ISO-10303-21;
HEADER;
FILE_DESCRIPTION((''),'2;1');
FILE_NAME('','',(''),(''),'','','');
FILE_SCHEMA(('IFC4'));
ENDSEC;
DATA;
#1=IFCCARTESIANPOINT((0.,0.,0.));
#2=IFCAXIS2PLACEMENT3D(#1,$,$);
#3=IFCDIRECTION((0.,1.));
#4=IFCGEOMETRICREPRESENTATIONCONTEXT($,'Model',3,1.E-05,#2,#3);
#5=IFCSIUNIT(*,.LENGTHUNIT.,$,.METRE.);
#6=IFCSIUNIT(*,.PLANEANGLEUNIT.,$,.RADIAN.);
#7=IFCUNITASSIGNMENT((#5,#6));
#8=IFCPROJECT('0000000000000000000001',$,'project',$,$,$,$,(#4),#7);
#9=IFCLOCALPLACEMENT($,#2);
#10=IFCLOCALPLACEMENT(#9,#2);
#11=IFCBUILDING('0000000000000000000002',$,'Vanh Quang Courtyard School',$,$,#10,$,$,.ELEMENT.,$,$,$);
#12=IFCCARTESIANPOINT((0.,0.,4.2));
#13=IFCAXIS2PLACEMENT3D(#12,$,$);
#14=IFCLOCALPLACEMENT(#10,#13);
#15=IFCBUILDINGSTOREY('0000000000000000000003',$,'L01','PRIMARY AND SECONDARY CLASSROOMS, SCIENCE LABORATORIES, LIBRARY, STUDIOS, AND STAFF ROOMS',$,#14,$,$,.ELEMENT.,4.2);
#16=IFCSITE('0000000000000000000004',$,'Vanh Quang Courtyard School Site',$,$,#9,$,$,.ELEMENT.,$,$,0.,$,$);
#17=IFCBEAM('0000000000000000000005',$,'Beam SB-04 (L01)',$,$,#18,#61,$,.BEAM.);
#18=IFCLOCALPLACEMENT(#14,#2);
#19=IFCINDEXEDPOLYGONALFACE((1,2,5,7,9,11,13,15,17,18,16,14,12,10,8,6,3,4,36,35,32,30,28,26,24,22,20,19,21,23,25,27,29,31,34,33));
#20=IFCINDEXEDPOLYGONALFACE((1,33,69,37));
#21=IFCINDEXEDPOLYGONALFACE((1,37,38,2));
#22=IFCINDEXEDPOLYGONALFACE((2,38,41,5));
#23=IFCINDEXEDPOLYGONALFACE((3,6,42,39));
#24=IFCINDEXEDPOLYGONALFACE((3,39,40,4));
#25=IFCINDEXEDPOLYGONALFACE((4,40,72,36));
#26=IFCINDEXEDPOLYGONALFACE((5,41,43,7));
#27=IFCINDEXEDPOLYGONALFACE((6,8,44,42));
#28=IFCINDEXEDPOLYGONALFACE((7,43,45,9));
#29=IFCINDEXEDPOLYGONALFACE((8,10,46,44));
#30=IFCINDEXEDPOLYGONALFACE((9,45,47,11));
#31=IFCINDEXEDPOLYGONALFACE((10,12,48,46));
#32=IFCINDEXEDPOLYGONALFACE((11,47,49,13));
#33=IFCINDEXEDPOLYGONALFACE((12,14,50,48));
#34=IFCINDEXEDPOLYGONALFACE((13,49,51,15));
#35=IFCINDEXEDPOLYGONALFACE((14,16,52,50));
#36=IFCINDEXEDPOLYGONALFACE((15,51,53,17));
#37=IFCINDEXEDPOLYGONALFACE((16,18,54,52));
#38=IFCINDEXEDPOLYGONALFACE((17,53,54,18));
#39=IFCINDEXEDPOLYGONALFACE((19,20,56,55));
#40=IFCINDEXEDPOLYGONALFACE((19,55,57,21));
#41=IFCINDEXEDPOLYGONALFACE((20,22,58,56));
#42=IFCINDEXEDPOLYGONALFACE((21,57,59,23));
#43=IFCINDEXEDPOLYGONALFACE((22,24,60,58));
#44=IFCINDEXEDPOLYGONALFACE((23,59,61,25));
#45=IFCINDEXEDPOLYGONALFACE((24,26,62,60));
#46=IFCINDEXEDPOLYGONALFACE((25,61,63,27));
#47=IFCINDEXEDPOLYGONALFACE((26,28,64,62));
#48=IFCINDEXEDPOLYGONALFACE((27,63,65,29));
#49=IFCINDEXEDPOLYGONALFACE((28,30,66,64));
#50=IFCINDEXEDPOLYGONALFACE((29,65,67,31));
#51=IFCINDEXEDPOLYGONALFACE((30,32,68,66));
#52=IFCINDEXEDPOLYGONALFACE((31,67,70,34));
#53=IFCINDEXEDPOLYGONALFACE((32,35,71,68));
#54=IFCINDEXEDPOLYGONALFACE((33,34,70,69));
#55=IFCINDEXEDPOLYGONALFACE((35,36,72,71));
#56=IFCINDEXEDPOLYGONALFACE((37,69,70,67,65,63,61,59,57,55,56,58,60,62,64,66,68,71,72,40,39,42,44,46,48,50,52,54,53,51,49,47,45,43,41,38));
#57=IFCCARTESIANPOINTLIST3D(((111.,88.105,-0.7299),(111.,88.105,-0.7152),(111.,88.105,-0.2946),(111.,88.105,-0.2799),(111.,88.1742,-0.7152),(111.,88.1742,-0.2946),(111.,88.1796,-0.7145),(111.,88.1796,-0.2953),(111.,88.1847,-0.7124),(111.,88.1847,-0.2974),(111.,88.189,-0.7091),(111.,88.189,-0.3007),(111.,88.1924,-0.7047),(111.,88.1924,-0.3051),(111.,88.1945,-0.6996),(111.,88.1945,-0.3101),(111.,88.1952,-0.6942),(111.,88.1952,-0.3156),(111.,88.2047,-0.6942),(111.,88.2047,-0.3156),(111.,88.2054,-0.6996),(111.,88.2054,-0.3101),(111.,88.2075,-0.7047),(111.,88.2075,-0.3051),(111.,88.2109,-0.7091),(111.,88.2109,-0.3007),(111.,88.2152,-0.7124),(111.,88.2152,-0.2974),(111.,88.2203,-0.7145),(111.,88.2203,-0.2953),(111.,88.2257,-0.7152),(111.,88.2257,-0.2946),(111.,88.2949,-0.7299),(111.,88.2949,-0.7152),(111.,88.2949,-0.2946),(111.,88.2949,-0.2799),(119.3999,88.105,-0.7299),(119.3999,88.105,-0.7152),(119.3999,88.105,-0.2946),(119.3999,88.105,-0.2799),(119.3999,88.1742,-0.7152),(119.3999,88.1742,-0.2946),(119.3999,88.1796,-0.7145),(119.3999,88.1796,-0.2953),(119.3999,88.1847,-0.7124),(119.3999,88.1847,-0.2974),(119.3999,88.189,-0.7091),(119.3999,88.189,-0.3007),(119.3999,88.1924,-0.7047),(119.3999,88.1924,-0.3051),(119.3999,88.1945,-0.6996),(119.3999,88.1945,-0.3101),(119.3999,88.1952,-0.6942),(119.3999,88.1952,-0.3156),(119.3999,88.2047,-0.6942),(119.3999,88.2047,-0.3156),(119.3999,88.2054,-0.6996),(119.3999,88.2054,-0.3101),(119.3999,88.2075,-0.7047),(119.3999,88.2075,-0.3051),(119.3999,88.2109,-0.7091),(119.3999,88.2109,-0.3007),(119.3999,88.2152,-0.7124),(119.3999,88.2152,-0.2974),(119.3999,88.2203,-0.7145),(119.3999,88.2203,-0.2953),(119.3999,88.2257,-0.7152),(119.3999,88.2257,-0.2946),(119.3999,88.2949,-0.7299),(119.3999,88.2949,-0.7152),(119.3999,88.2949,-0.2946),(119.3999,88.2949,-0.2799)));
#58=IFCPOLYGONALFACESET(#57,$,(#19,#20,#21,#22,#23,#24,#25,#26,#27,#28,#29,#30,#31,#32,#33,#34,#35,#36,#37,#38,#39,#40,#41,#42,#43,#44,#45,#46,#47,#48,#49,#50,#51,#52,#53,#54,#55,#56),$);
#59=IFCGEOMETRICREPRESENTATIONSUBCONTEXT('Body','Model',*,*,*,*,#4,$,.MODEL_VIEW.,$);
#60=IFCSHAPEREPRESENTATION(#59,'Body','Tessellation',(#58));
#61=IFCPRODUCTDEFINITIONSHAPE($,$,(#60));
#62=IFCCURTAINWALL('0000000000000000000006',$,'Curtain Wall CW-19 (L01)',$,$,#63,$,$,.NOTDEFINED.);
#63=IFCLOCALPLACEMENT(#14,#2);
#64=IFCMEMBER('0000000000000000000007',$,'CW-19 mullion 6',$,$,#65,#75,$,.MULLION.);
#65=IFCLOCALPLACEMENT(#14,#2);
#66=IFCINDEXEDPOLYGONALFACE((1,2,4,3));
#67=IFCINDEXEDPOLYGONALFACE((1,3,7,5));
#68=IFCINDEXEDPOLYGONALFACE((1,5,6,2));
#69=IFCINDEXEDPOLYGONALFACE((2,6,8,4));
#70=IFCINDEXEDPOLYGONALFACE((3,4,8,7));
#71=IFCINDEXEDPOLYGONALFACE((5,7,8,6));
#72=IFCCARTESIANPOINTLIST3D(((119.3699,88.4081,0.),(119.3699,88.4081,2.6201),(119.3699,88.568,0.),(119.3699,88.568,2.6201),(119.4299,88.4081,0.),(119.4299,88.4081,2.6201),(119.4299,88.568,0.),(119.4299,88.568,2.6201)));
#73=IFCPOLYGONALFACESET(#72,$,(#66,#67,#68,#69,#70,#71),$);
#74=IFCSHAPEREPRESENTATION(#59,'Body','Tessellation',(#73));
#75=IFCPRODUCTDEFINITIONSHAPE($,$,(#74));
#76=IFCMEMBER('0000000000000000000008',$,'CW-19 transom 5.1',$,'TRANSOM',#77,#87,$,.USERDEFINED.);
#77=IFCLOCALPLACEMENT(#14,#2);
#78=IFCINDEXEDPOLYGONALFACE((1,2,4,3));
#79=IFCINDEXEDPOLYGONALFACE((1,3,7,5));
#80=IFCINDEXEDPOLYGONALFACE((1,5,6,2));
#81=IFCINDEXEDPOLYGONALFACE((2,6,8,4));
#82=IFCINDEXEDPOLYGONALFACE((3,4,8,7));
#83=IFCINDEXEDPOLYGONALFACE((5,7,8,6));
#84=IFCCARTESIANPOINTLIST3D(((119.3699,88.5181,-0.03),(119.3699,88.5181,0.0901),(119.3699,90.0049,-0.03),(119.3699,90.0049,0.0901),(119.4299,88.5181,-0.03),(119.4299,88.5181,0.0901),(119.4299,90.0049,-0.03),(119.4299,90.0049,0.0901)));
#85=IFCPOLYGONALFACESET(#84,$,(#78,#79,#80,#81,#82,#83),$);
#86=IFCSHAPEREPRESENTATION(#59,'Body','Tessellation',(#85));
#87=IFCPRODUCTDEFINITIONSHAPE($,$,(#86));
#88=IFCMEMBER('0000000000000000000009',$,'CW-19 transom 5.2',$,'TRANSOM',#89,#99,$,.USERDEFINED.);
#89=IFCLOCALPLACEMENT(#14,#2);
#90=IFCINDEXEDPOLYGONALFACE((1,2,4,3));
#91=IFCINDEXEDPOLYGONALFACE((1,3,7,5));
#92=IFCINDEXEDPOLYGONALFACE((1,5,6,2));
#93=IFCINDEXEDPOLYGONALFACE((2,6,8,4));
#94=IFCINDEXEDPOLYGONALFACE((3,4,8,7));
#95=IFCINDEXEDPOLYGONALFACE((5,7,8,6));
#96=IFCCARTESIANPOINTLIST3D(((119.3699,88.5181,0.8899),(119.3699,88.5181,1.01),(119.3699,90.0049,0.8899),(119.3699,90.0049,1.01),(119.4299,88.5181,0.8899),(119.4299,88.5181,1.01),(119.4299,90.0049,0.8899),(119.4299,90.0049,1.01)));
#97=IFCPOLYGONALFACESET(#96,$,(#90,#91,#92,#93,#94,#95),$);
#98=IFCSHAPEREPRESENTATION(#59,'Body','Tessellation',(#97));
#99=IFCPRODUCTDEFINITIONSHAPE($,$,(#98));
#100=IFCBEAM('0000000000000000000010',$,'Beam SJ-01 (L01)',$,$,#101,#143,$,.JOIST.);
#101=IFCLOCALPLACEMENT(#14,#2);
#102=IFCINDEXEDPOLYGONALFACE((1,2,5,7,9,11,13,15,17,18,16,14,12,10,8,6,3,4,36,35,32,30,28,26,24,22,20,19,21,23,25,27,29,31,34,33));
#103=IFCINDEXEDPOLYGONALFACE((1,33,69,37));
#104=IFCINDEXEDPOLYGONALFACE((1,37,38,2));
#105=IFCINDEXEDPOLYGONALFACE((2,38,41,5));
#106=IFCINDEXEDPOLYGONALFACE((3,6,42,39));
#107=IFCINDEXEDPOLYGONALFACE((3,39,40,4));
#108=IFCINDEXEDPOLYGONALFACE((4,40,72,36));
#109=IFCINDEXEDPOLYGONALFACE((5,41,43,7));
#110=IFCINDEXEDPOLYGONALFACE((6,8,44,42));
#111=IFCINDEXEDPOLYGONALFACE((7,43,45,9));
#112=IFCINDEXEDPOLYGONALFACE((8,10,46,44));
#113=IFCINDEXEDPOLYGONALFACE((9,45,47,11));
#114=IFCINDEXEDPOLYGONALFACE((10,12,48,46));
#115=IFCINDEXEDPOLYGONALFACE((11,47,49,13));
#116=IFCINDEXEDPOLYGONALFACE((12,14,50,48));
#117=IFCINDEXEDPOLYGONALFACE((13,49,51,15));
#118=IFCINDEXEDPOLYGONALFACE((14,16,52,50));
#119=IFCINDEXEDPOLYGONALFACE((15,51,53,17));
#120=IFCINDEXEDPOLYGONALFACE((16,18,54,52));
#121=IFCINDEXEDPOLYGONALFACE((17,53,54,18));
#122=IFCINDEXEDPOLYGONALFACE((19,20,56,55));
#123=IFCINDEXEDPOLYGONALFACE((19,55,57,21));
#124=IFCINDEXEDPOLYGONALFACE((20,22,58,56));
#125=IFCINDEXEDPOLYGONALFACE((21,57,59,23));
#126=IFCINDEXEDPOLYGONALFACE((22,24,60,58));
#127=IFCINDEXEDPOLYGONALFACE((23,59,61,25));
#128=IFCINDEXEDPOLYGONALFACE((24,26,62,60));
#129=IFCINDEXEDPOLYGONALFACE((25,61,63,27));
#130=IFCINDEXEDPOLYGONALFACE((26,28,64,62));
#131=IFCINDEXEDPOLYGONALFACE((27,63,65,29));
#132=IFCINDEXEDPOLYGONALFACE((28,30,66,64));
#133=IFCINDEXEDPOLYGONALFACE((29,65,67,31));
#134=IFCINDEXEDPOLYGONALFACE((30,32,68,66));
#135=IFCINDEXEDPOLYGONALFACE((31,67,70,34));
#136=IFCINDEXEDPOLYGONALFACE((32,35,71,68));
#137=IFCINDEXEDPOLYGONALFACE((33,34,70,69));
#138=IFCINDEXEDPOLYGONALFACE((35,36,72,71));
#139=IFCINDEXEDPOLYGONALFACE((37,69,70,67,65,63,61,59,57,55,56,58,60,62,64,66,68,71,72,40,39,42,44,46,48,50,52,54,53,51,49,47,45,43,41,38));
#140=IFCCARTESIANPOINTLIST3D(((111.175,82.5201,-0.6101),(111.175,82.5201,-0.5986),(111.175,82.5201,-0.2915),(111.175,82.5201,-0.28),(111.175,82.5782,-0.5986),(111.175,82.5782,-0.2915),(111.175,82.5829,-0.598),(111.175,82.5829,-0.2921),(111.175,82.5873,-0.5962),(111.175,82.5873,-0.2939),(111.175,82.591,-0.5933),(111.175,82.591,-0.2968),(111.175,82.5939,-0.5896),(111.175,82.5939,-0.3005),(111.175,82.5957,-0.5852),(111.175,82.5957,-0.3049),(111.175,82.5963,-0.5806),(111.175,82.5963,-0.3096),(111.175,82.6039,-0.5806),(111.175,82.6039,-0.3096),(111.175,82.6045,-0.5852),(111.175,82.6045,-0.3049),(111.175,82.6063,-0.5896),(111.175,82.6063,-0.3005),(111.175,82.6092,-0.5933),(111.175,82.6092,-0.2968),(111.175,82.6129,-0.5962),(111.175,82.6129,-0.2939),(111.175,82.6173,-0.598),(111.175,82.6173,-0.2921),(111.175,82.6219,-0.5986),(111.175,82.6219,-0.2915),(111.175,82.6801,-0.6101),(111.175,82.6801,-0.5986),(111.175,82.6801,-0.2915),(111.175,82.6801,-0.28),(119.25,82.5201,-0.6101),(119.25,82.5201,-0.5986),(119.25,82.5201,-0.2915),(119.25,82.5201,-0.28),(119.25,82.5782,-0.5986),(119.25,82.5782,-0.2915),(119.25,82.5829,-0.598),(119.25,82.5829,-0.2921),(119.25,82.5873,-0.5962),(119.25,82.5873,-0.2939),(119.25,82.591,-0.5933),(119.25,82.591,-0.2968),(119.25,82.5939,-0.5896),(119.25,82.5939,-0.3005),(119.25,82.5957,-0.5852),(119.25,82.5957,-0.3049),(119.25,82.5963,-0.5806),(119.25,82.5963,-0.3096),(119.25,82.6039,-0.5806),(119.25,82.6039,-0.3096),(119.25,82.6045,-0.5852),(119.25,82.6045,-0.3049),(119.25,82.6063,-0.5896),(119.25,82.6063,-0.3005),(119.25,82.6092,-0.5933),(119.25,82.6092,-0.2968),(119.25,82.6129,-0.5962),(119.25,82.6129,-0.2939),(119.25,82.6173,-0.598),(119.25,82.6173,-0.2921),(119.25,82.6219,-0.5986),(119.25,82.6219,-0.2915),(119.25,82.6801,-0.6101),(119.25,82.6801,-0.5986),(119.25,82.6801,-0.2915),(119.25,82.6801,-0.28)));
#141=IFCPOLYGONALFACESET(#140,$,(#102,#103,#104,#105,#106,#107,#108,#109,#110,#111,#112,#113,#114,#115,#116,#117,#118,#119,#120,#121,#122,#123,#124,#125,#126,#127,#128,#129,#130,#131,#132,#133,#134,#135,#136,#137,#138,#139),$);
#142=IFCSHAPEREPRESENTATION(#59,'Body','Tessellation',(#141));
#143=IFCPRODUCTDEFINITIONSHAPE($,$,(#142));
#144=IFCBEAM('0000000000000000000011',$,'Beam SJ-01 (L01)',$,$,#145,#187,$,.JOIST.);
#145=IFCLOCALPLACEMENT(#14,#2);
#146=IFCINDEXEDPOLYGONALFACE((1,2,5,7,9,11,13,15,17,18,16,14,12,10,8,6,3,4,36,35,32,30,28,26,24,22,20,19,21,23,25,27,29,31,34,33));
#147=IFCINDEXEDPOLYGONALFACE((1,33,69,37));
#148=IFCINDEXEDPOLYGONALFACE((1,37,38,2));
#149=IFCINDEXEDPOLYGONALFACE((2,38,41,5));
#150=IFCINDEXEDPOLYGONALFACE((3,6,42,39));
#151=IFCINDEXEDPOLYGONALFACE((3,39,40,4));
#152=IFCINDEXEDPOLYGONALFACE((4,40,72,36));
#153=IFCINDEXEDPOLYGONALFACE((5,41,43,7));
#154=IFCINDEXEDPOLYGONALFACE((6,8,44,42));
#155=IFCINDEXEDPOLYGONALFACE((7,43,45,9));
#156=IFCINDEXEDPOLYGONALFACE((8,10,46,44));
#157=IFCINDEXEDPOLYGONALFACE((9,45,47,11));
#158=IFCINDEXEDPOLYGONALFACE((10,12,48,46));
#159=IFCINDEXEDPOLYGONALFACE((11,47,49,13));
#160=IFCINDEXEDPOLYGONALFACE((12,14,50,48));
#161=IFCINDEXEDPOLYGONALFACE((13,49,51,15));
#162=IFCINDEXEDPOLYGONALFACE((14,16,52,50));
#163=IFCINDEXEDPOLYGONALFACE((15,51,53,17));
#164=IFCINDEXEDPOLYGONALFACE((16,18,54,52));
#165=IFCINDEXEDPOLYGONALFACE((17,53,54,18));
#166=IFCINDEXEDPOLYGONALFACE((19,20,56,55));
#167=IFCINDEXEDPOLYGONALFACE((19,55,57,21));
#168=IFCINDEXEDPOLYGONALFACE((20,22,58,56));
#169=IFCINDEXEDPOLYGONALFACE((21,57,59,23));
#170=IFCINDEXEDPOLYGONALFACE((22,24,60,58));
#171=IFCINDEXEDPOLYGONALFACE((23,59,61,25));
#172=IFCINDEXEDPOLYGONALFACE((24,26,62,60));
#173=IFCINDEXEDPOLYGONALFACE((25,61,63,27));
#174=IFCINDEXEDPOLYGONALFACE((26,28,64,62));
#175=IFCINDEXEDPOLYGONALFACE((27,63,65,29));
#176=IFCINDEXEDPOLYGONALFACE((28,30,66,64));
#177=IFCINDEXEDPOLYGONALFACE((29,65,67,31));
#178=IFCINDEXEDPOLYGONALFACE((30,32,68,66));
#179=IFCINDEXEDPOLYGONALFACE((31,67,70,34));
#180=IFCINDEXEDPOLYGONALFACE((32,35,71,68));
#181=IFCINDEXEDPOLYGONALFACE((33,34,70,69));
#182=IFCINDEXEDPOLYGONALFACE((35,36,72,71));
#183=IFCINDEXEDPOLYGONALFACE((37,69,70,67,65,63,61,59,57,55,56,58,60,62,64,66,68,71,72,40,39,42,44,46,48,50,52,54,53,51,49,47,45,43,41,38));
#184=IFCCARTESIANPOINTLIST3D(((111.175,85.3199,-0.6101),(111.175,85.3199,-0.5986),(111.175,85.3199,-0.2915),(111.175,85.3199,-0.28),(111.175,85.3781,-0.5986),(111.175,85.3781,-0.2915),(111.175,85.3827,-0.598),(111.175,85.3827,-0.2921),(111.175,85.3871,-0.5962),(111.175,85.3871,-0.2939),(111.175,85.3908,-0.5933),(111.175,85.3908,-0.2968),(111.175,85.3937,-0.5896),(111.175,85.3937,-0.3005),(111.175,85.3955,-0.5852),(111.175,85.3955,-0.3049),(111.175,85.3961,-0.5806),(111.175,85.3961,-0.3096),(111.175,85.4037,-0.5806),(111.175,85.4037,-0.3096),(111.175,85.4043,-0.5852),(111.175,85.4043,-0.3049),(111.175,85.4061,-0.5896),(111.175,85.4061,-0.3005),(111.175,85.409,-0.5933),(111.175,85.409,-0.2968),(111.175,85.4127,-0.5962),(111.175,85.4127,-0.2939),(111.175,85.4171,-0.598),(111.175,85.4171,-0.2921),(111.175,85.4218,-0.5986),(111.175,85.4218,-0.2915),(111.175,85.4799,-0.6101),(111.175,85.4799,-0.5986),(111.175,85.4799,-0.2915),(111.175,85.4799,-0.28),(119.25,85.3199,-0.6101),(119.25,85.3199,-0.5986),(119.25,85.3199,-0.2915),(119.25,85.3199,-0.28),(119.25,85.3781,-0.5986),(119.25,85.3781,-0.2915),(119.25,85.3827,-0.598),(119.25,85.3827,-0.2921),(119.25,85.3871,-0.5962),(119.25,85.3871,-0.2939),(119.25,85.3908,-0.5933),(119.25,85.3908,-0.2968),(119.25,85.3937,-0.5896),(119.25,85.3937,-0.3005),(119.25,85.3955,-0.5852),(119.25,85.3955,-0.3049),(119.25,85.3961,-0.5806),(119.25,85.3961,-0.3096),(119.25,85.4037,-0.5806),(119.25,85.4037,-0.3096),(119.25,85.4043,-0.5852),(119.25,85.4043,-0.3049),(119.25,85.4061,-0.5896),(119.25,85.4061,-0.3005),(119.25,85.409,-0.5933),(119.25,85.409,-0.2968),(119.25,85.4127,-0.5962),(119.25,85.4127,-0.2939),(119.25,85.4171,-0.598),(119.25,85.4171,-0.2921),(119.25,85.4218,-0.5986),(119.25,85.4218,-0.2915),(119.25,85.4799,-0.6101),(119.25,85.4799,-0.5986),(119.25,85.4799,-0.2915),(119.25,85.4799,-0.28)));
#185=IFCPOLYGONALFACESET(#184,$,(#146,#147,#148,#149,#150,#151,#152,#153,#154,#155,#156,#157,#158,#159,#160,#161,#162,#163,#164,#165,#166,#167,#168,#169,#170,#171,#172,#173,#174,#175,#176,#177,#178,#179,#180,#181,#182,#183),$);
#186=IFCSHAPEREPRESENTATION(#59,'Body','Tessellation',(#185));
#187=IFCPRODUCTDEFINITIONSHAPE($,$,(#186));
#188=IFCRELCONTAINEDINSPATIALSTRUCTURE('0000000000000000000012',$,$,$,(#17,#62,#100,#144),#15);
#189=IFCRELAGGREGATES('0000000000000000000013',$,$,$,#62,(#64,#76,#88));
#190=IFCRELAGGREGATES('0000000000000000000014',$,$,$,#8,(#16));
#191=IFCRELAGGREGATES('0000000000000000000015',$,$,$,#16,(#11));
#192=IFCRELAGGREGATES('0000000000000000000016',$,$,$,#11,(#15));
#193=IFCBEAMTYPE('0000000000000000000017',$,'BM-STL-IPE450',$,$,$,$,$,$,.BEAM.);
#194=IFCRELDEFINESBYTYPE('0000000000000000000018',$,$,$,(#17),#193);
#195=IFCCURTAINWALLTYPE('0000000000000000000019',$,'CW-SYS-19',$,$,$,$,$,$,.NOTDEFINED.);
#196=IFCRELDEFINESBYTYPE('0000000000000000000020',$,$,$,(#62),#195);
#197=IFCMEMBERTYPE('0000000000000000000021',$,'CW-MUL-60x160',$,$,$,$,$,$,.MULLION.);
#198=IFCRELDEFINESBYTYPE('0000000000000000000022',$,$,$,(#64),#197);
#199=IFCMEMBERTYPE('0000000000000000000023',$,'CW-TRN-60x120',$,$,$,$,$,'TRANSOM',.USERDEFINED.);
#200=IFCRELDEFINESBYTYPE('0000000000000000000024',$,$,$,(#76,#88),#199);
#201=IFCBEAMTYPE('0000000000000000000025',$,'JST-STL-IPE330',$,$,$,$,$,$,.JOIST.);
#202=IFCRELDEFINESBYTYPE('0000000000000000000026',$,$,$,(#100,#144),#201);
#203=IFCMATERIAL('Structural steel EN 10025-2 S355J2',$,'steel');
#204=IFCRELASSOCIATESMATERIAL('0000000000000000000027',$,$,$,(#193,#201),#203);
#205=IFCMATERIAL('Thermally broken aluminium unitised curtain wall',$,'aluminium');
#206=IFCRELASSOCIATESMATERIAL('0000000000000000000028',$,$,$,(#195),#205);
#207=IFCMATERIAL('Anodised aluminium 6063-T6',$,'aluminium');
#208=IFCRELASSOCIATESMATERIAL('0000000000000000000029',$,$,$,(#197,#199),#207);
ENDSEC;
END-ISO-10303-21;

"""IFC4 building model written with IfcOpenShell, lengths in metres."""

from ifc_helpers import new_model, si_unit, direction, frame, origin, origin_2d, place, context, subcontext, project, spatial, rectangle, i_section, extrude, material, material_profile, profile_set, type_object, element, aggregate, save


model = new_model("IFC4")

# Units and contexts
model_context = context("Model", 3, precision=1e-05, world=origin(), true_north=direction((0.0, 1.0)))
body_context = subcontext(model_context, "Body", "Model", "MODEL_VIEW")
ifc_project = project(units=[si_unit("LENGTHUNIT", "METRE"), si_unit("PLANEANGLEUNIT", "RADIAN")], contexts=[model_context])

# Site, building, storey
site_placement = place(None, origin())
site = spatial("IfcSite", under=ifc_project, at=site_placement, Name="Vanh Quang Courtyard School Site", CompositionType="ELEMENT", RefElevation=0.0)
building_placement = place(site_placement, origin())
building = spatial("IfcBuilding", under=site, at=building_placement, Name="Vanh Quang Courtyard School", CompositionType="ELEMENT")
storey_placement = place(building_placement, frame((0.0, 0.0, 4.2)))
storey = spatial("IfcBuildingStorey", under=building, at=storey_placement, Name="L01", Description="PRIMARY AND SECONDARY CLASSROOMS, SCIENCE LABORATORIES, LIBRARY, STUDIOS, AND STAFF ROOMS", CompositionType="ELEMENT", Elevation=4.2)

# Beam
ifc_material_1 = material(Name="Structural steel EN 10025-2 S355J2", Category="steel")
ifc_material_profile_1 = material_profile(ifc_material_1, i_section(OverallWidth=0.1899, OverallDepth=0.45, WebThickness=0.0095, FlangeThickness=0.0146, FilletRadius=0.021, at=origin_2d()), Name="IPE 450")
ifc_profile_set_1 = profile_set([ifc_material_profile_1], Name="Structural steel EN 10025-2 S355J2")
beam_type_1 = type_object("IfcBeamType", Name="BM-STL-IPE450", PredefinedType="BEAM", material=ifc_profile_set_1)
beam_1_placement = place(storey_placement, frame((111.0, 88.2, -0.5049), z_axis=(1.0, 0.0, 0.0), x_axis=(0.0, 1.0, 0.0)))
element("IfcBeam", 1, at=beam_1_placement, inside=storey, type_object=beam_type_1, Name="Beam SB-04 (L01)", PredefinedType="BEAM", context=body_context, shape_type="SweptSolid", body=[
    extrude(i_section(OverallWidth=0.1899, OverallDepth=0.45, WebThickness=0.0095, FlangeThickness=0.0146, FilletRadius=0.021, at=origin_2d()), origin(), (0.0, 0.0, 1.0), 8.3999),
])

# Curtain wall, members
ifc_material_2 = material(Name="Thermally broken aluminium unitised curtain wall", Category="aluminium")
curtain_wall_type = type_object("IfcCurtainWallType", Name="CW-SYS-19", PredefinedType="NOTDEFINED", material=ifc_material_2)
curtain_wall_placement = place(storey_placement, origin())
curtain_wall = element("IfcCurtainWall", 2, at=curtain_wall_placement, inside=storey, type_object=curtain_wall_type, Name="Curtain Wall CW-19 (L01)", PredefinedType="NOTDEFINED")
ifc_material_3 = material(Name="Anodised aluminium 6063-T6", Category="aluminium")
ifc_material_profile_2 = material_profile(ifc_material_3, rectangle(XDim=0.0601, YDim=0.1599, at=origin_2d()), Name="ALU-MUL 60x160")
ifc_profile_set_2 = profile_set([ifc_material_profile_2], Name="Anodised aluminium 6063-T6")
member_type_1 = type_object("IfcMemberType", Name="CW-MUL-60x160", PredefinedType="MULLION", material=ifc_profile_set_2)
member_1_placement = place(storey_placement, frame((119.3999, 88.488, 0.0), z_axis=(0.0, 0.0, 1.0), x_axis=(1.0, 0.0, 0.0)))
member_1 = element("IfcMember", 3, at=member_1_placement, type_object=member_type_1, Name="CW-19 mullion 6", PredefinedType="MULLION", context=body_context, shape_type="SweptSolid", body=[
    extrude(rectangle(XDim=0.0601, YDim=0.1599, at=origin_2d()), origin(), (0.0, 0.0, 1.0), 2.6201),
])
ifc_material_profile_3 = material_profile(ifc_material_3, rectangle(XDim=0.0601, YDim=0.1201, at=origin_2d()), Name="ALU-TRN 60x120")
ifc_profile_set_3 = profile_set([ifc_material_profile_3], Name="Anodised aluminium 6063-T6")
member_type_2 = type_object("IfcMemberType", Name="CW-TRN-60x120", ElementType="TRANSOM", PredefinedType="USERDEFINED", material=ifc_profile_set_3)
member_2_placement = place(storey_placement, frame((119.3999, 90.0049, 0.03), z_axis=(0.0, -1.0, 0.0), x_axis=(1.0, 0.0, 0.0)))
member_2 = element("IfcMember", 4, at=member_2_placement, type_object=member_type_2, Name="CW-19 transom 5.1", ObjectType="TRANSOM", PredefinedType="USERDEFINED", context=body_context, shape_type="SweptSolid", body=[
    extrude(rectangle(XDim=0.0601, YDim=0.1201, at=origin_2d()), origin(), (0.0, 0.0, 1.0), 1.4868),
])
member_3_placement = place(storey_placement, frame((119.3999, 90.0049, 0.95), z_axis=(0.0, -1.0, 0.0), x_axis=(1.0, 0.0, 0.0)))
member_3 = element("IfcMember", 5, at=member_3_placement, type_object=member_type_2, Name="CW-19 transom 5.2", ObjectType="TRANSOM", PredefinedType="USERDEFINED", context=body_context, shape_type="SweptSolid", body=[
    extrude(rectangle(XDim=0.0601, YDim=0.1201, at=origin_2d()), origin(), (0.0, 0.0, 1.0), 1.4868),
])

# Beams
ifc_material_profile_4 = material_profile(ifc_material_1, i_section(OverallWidth=0.1599, OverallDepth=0.3301, WebThickness=0.0076, FlangeThickness=0.0115, FilletRadius=0.0181, at=origin_2d()), Name="IPE 330")
ifc_profile_set_4 = profile_set([ifc_material_profile_4], Name="Structural steel EN 10025-2 S355J2")
beam_type_2 = type_object("IfcBeamType", Name="JST-STL-IPE330", PredefinedType="JOIST", material=ifc_profile_set_4)
for number, where, z_axis, x_axis, name in (
    (6, (111.175, 82.6001, -0.4451), (1.0, 0.0, 0.0), (0.0, 1.0, 0.0), "Beam SJ-01 (L01)"),
    (7, (111.175, 85.3999, -0.4451), (1.0, 0.0, 0.0), (0.0, 1.0, 0.0), "Beam SJ-01 (L01)"),
):
    element("IfcBeam", number, at=place(storey_placement, frame(where, z_axis=z_axis, x_axis=x_axis)), inside=storey, type_object=beam_type_2, Name=name, PredefinedType="JOIST", context=body_context, shape_type="SweptSolid", body=[
        extrude(i_section(OverallWidth=0.1599, OverallDepth=0.3301, WebThickness=0.0076, FlangeThickness=0.0115, FilletRadius=0.0181, at=origin_2d()), origin(), (0.0, 0.0, 1.0), 8.075),
    ])

aggregate(curtain_wall, [member_1, member_2, member_3])

save(model, "model.ifc")
